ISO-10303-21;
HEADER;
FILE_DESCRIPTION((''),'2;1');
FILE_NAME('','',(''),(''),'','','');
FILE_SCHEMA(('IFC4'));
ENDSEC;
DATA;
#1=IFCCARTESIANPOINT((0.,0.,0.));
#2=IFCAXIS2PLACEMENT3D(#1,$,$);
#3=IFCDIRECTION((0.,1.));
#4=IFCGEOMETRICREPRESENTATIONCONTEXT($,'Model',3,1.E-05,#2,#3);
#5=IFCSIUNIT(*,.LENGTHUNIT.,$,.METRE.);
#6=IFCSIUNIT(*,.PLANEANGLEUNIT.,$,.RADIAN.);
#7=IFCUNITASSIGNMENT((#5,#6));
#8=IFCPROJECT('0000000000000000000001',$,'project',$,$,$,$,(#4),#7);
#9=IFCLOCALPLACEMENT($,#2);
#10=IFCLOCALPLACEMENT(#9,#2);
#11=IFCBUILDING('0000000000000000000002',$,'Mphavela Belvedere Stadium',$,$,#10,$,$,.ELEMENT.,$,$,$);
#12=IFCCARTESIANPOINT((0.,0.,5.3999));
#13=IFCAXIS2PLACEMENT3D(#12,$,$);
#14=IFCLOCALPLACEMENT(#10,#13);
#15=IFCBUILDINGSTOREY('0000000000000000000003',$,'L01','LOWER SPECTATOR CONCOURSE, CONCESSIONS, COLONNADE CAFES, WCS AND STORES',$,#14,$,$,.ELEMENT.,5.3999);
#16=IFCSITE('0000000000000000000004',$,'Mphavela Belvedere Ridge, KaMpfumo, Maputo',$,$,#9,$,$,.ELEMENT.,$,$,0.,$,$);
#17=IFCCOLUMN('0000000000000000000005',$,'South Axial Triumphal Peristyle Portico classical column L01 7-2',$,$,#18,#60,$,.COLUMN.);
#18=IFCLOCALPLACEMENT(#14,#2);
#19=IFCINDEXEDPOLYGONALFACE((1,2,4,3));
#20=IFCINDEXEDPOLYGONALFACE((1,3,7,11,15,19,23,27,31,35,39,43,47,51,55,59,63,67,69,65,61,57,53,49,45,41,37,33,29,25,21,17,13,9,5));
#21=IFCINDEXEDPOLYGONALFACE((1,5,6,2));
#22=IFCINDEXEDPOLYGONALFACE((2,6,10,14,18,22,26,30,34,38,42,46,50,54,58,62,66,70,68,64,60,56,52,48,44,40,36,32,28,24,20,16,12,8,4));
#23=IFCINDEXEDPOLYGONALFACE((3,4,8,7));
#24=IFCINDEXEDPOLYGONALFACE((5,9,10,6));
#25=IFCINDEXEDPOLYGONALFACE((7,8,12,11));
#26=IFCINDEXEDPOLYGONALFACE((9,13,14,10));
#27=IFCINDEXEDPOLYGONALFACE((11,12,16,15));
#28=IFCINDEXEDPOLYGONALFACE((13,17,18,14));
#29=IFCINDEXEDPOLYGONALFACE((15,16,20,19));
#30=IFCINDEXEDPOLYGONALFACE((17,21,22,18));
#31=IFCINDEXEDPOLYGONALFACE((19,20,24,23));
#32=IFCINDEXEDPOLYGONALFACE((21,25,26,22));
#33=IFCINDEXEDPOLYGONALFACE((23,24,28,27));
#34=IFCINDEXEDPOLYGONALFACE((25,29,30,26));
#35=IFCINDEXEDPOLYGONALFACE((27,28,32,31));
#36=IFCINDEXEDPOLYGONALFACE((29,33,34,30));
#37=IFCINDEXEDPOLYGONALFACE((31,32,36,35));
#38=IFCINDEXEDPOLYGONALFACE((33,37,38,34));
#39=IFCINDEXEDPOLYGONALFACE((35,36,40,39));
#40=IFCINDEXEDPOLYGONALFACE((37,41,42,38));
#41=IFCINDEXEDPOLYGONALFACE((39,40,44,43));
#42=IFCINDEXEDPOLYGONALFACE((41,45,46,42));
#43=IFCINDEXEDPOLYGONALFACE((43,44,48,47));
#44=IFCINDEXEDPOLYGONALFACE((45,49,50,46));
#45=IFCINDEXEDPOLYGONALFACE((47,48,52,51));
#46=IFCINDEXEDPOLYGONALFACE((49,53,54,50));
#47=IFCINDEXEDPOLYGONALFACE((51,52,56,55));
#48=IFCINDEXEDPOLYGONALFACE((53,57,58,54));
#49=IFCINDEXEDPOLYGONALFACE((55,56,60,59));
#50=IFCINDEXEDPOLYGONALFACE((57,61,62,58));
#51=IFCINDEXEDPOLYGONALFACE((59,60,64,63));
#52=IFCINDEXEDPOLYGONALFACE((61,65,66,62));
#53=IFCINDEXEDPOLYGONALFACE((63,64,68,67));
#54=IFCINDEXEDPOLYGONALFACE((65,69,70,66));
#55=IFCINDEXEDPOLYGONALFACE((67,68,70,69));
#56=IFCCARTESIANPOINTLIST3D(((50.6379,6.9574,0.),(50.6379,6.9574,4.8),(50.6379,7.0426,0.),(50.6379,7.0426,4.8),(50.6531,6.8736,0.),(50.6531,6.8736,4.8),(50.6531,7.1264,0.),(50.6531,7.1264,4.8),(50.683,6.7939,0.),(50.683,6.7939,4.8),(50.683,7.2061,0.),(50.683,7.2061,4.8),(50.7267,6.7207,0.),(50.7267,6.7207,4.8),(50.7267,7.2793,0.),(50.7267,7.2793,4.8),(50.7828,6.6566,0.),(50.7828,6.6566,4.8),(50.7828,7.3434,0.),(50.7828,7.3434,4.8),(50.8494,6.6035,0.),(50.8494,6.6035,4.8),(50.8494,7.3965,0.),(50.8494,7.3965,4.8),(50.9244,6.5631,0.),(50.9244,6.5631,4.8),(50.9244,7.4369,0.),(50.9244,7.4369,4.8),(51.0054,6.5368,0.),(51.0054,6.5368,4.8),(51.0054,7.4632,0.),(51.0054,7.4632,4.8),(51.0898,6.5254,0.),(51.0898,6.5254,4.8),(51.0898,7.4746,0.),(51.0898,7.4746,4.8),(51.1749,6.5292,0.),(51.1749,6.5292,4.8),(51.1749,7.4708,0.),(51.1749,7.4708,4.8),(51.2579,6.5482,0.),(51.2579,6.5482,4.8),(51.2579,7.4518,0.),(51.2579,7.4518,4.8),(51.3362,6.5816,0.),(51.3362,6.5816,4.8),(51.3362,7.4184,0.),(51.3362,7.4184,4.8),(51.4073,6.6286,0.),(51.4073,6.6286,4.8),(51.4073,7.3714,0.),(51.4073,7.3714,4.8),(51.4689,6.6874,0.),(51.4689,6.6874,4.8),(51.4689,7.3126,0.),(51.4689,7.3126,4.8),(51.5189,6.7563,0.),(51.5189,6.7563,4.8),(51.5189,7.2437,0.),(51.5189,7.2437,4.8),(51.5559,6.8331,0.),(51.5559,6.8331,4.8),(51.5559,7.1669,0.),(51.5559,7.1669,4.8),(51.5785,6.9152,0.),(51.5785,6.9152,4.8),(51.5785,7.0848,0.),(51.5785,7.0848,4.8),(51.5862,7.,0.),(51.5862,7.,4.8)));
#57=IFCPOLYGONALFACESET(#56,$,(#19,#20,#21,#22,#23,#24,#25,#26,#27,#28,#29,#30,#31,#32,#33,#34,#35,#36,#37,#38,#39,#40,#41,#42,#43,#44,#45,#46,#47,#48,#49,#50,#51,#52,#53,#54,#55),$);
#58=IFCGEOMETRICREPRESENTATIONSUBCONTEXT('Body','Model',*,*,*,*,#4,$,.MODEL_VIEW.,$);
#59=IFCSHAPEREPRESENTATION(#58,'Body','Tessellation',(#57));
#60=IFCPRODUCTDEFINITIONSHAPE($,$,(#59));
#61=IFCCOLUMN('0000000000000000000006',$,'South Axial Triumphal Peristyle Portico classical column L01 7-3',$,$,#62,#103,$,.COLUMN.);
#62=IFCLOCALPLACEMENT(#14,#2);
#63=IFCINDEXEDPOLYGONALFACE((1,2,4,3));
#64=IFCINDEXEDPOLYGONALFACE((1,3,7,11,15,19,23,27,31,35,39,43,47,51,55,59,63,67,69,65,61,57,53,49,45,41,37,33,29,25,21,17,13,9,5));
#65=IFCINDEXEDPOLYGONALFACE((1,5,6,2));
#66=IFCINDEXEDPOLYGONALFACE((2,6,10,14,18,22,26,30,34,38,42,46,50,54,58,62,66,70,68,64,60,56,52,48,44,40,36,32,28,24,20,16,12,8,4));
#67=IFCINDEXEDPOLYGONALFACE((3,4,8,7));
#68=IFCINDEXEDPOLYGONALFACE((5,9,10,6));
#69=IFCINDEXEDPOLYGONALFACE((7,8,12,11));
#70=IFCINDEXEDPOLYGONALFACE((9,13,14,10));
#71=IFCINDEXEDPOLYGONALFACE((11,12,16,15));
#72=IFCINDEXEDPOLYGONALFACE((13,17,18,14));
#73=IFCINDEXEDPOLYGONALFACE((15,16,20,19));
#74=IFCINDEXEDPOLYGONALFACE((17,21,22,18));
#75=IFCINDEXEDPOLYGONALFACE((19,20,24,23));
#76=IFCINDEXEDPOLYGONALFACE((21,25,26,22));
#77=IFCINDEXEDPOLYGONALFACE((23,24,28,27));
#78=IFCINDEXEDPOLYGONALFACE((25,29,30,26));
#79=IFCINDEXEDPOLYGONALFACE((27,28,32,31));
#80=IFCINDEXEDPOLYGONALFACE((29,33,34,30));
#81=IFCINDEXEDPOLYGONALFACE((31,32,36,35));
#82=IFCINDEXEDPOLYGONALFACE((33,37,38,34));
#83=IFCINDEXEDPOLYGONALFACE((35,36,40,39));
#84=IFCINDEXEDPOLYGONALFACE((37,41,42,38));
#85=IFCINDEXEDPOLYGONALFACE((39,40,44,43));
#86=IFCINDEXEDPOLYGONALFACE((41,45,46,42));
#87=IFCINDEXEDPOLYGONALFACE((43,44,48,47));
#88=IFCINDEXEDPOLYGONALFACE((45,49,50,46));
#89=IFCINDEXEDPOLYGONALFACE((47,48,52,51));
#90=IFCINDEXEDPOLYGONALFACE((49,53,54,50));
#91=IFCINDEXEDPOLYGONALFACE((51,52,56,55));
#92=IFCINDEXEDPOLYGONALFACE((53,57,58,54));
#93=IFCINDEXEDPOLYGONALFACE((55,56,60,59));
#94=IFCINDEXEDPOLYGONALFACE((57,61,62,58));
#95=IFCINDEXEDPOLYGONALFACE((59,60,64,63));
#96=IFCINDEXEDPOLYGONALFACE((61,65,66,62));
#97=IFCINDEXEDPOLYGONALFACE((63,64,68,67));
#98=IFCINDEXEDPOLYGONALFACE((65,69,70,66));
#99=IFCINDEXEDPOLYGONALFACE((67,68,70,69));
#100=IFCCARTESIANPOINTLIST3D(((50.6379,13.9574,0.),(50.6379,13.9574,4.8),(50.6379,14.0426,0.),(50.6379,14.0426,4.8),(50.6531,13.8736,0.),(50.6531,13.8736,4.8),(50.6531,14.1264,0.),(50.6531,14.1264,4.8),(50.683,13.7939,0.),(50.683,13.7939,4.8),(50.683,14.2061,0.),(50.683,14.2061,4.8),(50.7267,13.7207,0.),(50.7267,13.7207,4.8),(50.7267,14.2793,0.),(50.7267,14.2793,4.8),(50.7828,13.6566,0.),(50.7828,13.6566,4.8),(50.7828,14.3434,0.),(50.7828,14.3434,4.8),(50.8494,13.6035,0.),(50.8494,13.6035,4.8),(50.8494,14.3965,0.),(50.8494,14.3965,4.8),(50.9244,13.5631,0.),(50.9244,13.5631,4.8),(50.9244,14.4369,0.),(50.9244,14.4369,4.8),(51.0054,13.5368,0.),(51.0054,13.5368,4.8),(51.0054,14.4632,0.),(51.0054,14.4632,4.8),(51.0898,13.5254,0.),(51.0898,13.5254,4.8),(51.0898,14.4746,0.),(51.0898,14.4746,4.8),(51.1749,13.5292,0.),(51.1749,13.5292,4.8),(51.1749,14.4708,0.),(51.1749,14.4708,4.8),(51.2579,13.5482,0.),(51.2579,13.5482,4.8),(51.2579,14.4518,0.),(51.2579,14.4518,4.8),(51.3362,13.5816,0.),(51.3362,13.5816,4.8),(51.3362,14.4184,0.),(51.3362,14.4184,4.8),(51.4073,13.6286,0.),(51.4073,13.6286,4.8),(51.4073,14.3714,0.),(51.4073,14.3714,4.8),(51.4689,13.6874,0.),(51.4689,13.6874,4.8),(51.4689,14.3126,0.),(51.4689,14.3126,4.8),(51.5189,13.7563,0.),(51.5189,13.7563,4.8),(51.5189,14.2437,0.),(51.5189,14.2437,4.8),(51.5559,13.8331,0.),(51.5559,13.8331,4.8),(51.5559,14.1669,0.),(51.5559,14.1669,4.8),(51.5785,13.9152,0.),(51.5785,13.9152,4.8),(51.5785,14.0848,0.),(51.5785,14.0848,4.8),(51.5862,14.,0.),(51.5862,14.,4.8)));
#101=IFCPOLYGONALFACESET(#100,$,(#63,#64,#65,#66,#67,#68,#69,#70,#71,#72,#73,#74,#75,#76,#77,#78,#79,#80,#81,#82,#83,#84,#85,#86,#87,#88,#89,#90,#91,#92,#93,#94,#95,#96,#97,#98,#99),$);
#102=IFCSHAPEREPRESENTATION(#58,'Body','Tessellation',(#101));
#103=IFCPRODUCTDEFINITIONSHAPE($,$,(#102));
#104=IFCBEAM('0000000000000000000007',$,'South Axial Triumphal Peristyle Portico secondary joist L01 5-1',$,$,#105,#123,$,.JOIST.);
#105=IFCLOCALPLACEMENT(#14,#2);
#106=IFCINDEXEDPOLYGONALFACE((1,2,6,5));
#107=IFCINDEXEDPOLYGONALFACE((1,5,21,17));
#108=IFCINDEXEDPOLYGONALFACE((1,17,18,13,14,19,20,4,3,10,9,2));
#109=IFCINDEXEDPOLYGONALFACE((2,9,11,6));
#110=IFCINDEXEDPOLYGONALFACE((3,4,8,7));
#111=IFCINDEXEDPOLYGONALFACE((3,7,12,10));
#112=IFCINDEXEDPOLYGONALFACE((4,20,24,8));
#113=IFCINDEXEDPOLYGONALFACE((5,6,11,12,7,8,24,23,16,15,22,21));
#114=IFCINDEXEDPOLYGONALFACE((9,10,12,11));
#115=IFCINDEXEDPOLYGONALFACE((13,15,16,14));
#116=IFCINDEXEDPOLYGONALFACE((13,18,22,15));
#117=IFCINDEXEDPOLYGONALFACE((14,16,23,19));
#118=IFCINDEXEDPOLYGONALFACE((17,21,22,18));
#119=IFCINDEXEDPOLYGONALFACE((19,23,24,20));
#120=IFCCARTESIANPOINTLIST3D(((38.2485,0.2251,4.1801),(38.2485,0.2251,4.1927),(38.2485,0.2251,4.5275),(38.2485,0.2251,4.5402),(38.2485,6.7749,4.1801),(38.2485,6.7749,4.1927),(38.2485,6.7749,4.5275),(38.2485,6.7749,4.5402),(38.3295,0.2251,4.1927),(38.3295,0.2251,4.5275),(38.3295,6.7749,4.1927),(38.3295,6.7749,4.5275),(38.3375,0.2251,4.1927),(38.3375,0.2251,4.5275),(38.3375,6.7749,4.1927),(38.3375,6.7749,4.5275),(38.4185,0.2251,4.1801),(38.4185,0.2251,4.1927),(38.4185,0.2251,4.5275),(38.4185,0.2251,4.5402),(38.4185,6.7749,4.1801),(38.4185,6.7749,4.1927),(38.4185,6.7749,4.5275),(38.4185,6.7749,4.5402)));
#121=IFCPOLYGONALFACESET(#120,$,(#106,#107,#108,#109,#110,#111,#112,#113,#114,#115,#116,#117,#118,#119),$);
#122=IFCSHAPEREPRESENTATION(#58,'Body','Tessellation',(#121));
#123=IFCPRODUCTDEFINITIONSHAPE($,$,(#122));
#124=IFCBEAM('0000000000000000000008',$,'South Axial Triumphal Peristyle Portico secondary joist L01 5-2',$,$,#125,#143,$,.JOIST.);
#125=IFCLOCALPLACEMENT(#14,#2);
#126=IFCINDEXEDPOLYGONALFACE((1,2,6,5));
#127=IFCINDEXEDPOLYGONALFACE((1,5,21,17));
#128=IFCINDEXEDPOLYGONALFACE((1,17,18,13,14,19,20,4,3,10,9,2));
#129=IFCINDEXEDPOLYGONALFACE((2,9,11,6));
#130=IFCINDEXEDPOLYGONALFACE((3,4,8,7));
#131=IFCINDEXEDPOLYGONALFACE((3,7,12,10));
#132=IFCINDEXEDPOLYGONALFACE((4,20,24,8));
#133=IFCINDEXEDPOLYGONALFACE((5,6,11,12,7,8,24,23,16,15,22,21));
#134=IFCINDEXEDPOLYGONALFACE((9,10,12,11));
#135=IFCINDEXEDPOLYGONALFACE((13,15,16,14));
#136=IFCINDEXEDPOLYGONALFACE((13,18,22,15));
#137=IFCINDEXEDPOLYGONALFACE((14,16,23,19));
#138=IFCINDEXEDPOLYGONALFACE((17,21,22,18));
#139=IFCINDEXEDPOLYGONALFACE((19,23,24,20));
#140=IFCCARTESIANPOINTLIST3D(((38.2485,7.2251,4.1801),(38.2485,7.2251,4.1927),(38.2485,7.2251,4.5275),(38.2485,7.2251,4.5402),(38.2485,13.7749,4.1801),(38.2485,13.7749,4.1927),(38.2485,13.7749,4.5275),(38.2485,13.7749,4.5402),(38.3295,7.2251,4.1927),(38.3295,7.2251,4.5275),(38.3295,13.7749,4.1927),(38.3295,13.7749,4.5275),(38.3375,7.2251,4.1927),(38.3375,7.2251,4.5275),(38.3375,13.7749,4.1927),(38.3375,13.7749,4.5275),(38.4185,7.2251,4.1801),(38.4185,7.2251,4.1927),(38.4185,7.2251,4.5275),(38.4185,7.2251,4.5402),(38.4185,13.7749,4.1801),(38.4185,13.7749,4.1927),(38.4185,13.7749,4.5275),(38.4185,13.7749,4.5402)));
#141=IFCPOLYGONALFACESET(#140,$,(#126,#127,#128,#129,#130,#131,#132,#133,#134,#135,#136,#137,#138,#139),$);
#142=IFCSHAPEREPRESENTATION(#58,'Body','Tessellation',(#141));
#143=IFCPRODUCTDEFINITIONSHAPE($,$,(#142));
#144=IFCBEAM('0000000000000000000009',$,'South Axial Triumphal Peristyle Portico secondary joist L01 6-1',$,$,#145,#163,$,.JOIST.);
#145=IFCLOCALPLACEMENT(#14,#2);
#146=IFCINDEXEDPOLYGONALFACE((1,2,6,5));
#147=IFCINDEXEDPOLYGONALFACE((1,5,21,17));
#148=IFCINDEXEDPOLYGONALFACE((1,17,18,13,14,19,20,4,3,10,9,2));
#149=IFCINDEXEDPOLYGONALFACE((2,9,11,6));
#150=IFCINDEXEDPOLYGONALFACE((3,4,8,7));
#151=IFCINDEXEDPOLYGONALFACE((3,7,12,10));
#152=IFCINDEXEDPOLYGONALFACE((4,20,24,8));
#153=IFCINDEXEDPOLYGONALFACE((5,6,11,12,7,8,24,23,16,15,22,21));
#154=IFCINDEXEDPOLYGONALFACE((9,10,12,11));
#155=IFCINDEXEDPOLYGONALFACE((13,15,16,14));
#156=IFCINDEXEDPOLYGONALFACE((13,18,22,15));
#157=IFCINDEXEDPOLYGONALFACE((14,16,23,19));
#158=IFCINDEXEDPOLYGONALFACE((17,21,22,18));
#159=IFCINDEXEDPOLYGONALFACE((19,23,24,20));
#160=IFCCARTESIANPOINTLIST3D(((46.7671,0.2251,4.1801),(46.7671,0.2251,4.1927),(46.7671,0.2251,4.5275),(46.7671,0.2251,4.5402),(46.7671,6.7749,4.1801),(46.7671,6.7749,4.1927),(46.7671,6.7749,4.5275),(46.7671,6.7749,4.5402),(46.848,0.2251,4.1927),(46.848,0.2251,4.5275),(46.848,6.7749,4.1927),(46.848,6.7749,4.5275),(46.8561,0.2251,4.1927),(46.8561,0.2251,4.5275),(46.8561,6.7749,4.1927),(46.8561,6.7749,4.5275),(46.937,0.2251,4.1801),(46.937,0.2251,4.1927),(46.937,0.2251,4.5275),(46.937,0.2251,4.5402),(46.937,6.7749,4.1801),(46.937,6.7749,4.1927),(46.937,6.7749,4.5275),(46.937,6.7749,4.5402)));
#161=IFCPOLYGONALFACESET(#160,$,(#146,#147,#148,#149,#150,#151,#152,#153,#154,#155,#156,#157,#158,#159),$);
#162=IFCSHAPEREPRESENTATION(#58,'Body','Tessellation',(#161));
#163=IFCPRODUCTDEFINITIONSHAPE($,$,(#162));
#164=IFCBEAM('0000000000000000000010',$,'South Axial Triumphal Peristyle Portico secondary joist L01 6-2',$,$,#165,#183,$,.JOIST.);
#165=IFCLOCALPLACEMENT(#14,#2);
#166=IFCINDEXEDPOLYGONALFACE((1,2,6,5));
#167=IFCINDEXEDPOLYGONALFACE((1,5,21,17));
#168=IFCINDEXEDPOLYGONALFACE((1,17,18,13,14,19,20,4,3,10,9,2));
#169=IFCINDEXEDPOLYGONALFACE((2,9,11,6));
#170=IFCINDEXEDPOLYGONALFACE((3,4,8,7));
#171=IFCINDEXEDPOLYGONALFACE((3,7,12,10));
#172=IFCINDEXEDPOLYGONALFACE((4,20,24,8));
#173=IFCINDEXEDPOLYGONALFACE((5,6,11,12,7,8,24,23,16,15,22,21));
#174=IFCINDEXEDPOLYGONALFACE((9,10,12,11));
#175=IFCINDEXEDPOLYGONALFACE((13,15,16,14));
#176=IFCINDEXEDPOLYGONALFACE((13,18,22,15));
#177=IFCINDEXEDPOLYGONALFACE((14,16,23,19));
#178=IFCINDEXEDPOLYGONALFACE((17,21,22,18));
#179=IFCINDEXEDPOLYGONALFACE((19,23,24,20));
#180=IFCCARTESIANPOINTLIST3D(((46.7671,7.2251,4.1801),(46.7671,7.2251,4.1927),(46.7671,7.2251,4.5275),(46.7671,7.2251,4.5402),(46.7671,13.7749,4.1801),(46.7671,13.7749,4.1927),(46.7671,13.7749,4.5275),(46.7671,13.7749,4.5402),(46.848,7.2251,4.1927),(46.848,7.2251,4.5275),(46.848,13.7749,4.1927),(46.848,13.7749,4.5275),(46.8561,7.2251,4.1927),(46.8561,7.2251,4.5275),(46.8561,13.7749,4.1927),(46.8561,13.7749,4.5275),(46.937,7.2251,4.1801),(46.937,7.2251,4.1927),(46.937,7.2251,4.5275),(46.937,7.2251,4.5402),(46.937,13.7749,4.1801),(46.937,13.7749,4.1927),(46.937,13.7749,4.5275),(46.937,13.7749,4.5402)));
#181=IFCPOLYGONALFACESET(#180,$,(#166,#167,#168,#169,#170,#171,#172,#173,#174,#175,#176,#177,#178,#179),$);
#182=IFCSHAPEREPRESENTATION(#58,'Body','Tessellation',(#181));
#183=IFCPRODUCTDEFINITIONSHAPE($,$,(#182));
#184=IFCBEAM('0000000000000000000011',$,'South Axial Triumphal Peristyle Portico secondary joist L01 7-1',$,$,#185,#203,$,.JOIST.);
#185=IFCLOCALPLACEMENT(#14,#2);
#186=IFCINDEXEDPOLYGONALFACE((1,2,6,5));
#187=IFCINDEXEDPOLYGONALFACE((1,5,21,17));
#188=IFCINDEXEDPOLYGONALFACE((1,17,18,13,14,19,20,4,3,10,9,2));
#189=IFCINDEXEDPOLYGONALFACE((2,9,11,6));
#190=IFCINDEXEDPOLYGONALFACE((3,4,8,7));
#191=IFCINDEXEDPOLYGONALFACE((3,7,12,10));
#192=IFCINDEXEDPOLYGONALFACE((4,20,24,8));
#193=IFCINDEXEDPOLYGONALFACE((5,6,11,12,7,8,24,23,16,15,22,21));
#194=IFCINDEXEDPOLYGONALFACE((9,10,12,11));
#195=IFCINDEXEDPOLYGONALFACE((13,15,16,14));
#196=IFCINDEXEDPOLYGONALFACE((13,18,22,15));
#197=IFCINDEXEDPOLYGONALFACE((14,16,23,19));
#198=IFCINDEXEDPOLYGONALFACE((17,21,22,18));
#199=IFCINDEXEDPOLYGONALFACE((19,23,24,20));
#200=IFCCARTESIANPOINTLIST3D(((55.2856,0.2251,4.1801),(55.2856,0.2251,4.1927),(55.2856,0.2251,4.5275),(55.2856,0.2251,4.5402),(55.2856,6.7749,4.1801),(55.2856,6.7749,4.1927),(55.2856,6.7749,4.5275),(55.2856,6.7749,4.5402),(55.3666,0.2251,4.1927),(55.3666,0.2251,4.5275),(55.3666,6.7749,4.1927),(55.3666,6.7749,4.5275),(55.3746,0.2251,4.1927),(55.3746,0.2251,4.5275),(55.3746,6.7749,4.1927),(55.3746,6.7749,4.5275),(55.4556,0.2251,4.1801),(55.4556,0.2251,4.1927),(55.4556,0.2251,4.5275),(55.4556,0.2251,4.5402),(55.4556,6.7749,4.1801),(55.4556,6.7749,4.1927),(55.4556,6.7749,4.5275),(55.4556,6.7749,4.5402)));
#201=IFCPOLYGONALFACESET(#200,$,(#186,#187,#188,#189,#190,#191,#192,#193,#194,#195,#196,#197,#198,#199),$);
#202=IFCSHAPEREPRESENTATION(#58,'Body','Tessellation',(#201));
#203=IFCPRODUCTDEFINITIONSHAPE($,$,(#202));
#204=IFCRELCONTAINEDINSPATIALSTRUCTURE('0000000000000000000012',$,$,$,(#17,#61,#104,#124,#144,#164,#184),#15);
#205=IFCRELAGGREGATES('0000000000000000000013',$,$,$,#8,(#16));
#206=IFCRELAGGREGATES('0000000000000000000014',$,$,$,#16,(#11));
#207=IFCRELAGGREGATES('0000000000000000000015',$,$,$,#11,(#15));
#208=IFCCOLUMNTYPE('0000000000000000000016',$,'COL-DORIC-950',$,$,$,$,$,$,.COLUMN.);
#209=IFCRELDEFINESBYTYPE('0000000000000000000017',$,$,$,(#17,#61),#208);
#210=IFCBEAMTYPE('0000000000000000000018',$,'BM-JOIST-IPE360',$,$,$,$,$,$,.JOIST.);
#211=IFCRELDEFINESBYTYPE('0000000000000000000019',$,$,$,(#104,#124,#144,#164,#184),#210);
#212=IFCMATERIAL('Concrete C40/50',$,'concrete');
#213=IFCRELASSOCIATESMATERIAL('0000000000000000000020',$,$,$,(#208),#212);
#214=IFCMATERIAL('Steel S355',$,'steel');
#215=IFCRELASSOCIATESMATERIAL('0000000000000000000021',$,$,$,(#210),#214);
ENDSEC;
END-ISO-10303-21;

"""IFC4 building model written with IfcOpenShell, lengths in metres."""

from ifc_helpers import new_model, si_unit, direction, frame, origin, origin_2d, place, context, subcontext, project, spatial, circle, i_section, extrude, material, material_profile, profile_set, type_object, element, save


model = new_model("IFC4")

# Units and contexts
model_context = context("Model", 3, precision=1e-05, world=origin(), true_north=direction((0.0, 1.0)))
body_context = subcontext(model_context, "Body", "Model", "MODEL_VIEW")
ifc_project = project(units=[si_unit("LENGTHUNIT", "METRE"), si_unit("PLANEANGLEUNIT", "RADIAN")], contexts=[model_context])

# Site, building, storey
site_placement = place(None, origin())
site = spatial("IfcSite", under=ifc_project, at=site_placement, Name="Mphavela Belvedere Ridge, KaMpfumo, Maputo", CompositionType="ELEMENT", RefElevation=0.0)
building_placement = place(site_placement, origin())
building = spatial("IfcBuilding", under=site, at=building_placement, Name="Mphavela Belvedere Stadium", CompositionType="ELEMENT")
storey_placement = place(building_placement, frame((0.0, 0.0, 5.3999)))
storey = spatial("IfcBuildingStorey", under=building, at=storey_placement, Name="L01", Description="LOWER SPECTATOR CONCOURSE, CONCESSIONS, COLONNADE CAFES, WCS AND STORES", CompositionType="ELEMENT", Elevation=5.3999)

# Columns
ifc_material_1 = material(Name="Concrete C40/50", Category="concrete")
ifc_material_profile_1 = material_profile(ifc_material_1, circle(Radius=0.4751, at=origin_2d()), Name="COL D950")
ifc_profile_set_1 = profile_set([ifc_material_profile_1], Name="Concrete C40/50")
column_type = type_object("IfcColumnType", Name="COL-DORIC-950", PredefinedType="COLUMN", material=ifc_profile_set_1)
for number, where, z_axis, x_axis, name in (
    (1, (51.1111, 7.0, 0.0), (0.0, 0.0, 1.0), (1.0, 0.0, 0.0), "South Axial Triumphal Peristyle Portico classical column L01 7-2"),
    (2, (51.1111, 14.0, 0.0), (0.0, 0.0, 1.0), (1.0, 0.0, 0.0), "South Axial Triumphal Peristyle Portico classical column L01 7-3"),
):
    element("IfcColumn", number, at=place(storey_placement, frame(where, z_axis=z_axis, x_axis=x_axis)), inside=storey, type_object=column_type, Name=name, PredefinedType="COLUMN", context=body_context, shape_type="SweptSolid", body=[
        extrude(circle(Radius=0.4751, at=origin_2d()), origin(), (0.0, 0.0, 1.0), 4.8),
    ])

# Beams
ifc_material_2 = material(Name="Steel S355", Category="steel")
ifc_material_profile_2 = material_profile(ifc_material_2, i_section(OverallWidth=0.1699, OverallDepth=0.3601, WebThickness=0.0081, FlangeThickness=0.0127, at=origin_2d()), Name="IPE 360")
ifc_profile_set_2 = profile_set([ifc_material_profile_2], Name="Steel S355")
beam_type_1 = type_object("IfcBeamType", Name="BM-JOIST-IPE360", PredefinedType="JOIST", material=ifc_profile_set_2)
for number, where, z_axis, x_axis, name in (
    (3, (38.3335, 0.2251, 4.3601), (0.0, 1.0, 0.0), (-1.0, 0.0, 0.0), "South Axial Triumphal Peristyle Portico secondary joist L01 5-1"),
    (4, (38.3335, 7.2251, 4.3601), (0.0, 1.0, 0.0), (-1.0, 0.0, 0.0), "South Axial Triumphal Peristyle Portico secondary joist L01 5-2"),
    (5, (46.8521, 0.2251, 4.3601), (0.0, 1.0, 0.0), (-1.0, 0.0, 0.0), "South Axial Triumphal Peristyle Portico secondary joist L01 6-1"),
    (6, (46.8521, 7.2251, 4.3601), (0.0, 1.0, 0.0), (-1.0, 0.0, 0.0), "South Axial Triumphal Peristyle Portico secondary joist L01 6-2"),
    (7, (55.3706, 0.2251, 4.3601), (0.0, 1.0, 0.0), (-1.0, 0.0, 0.0), "South Axial Triumphal Peristyle Portico secondary joist L01 7-1"),
):
    element("IfcBeam", number, at=place(storey_placement, frame(where, z_axis=z_axis, x_axis=x_axis)), inside=storey, type_object=beam_type_1, Name=name, PredefinedType="JOIST", context=body_context, shape_type="SweptSolid", body=[
        extrude(i_section(OverallWidth=0.1699, OverallDepth=0.3601, WebThickness=0.0081, FlangeThickness=0.0127, at=origin_2d()), origin(), (0.0, 0.0, 1.0), 6.5498),
    ])

save(model, "model.ifc")
